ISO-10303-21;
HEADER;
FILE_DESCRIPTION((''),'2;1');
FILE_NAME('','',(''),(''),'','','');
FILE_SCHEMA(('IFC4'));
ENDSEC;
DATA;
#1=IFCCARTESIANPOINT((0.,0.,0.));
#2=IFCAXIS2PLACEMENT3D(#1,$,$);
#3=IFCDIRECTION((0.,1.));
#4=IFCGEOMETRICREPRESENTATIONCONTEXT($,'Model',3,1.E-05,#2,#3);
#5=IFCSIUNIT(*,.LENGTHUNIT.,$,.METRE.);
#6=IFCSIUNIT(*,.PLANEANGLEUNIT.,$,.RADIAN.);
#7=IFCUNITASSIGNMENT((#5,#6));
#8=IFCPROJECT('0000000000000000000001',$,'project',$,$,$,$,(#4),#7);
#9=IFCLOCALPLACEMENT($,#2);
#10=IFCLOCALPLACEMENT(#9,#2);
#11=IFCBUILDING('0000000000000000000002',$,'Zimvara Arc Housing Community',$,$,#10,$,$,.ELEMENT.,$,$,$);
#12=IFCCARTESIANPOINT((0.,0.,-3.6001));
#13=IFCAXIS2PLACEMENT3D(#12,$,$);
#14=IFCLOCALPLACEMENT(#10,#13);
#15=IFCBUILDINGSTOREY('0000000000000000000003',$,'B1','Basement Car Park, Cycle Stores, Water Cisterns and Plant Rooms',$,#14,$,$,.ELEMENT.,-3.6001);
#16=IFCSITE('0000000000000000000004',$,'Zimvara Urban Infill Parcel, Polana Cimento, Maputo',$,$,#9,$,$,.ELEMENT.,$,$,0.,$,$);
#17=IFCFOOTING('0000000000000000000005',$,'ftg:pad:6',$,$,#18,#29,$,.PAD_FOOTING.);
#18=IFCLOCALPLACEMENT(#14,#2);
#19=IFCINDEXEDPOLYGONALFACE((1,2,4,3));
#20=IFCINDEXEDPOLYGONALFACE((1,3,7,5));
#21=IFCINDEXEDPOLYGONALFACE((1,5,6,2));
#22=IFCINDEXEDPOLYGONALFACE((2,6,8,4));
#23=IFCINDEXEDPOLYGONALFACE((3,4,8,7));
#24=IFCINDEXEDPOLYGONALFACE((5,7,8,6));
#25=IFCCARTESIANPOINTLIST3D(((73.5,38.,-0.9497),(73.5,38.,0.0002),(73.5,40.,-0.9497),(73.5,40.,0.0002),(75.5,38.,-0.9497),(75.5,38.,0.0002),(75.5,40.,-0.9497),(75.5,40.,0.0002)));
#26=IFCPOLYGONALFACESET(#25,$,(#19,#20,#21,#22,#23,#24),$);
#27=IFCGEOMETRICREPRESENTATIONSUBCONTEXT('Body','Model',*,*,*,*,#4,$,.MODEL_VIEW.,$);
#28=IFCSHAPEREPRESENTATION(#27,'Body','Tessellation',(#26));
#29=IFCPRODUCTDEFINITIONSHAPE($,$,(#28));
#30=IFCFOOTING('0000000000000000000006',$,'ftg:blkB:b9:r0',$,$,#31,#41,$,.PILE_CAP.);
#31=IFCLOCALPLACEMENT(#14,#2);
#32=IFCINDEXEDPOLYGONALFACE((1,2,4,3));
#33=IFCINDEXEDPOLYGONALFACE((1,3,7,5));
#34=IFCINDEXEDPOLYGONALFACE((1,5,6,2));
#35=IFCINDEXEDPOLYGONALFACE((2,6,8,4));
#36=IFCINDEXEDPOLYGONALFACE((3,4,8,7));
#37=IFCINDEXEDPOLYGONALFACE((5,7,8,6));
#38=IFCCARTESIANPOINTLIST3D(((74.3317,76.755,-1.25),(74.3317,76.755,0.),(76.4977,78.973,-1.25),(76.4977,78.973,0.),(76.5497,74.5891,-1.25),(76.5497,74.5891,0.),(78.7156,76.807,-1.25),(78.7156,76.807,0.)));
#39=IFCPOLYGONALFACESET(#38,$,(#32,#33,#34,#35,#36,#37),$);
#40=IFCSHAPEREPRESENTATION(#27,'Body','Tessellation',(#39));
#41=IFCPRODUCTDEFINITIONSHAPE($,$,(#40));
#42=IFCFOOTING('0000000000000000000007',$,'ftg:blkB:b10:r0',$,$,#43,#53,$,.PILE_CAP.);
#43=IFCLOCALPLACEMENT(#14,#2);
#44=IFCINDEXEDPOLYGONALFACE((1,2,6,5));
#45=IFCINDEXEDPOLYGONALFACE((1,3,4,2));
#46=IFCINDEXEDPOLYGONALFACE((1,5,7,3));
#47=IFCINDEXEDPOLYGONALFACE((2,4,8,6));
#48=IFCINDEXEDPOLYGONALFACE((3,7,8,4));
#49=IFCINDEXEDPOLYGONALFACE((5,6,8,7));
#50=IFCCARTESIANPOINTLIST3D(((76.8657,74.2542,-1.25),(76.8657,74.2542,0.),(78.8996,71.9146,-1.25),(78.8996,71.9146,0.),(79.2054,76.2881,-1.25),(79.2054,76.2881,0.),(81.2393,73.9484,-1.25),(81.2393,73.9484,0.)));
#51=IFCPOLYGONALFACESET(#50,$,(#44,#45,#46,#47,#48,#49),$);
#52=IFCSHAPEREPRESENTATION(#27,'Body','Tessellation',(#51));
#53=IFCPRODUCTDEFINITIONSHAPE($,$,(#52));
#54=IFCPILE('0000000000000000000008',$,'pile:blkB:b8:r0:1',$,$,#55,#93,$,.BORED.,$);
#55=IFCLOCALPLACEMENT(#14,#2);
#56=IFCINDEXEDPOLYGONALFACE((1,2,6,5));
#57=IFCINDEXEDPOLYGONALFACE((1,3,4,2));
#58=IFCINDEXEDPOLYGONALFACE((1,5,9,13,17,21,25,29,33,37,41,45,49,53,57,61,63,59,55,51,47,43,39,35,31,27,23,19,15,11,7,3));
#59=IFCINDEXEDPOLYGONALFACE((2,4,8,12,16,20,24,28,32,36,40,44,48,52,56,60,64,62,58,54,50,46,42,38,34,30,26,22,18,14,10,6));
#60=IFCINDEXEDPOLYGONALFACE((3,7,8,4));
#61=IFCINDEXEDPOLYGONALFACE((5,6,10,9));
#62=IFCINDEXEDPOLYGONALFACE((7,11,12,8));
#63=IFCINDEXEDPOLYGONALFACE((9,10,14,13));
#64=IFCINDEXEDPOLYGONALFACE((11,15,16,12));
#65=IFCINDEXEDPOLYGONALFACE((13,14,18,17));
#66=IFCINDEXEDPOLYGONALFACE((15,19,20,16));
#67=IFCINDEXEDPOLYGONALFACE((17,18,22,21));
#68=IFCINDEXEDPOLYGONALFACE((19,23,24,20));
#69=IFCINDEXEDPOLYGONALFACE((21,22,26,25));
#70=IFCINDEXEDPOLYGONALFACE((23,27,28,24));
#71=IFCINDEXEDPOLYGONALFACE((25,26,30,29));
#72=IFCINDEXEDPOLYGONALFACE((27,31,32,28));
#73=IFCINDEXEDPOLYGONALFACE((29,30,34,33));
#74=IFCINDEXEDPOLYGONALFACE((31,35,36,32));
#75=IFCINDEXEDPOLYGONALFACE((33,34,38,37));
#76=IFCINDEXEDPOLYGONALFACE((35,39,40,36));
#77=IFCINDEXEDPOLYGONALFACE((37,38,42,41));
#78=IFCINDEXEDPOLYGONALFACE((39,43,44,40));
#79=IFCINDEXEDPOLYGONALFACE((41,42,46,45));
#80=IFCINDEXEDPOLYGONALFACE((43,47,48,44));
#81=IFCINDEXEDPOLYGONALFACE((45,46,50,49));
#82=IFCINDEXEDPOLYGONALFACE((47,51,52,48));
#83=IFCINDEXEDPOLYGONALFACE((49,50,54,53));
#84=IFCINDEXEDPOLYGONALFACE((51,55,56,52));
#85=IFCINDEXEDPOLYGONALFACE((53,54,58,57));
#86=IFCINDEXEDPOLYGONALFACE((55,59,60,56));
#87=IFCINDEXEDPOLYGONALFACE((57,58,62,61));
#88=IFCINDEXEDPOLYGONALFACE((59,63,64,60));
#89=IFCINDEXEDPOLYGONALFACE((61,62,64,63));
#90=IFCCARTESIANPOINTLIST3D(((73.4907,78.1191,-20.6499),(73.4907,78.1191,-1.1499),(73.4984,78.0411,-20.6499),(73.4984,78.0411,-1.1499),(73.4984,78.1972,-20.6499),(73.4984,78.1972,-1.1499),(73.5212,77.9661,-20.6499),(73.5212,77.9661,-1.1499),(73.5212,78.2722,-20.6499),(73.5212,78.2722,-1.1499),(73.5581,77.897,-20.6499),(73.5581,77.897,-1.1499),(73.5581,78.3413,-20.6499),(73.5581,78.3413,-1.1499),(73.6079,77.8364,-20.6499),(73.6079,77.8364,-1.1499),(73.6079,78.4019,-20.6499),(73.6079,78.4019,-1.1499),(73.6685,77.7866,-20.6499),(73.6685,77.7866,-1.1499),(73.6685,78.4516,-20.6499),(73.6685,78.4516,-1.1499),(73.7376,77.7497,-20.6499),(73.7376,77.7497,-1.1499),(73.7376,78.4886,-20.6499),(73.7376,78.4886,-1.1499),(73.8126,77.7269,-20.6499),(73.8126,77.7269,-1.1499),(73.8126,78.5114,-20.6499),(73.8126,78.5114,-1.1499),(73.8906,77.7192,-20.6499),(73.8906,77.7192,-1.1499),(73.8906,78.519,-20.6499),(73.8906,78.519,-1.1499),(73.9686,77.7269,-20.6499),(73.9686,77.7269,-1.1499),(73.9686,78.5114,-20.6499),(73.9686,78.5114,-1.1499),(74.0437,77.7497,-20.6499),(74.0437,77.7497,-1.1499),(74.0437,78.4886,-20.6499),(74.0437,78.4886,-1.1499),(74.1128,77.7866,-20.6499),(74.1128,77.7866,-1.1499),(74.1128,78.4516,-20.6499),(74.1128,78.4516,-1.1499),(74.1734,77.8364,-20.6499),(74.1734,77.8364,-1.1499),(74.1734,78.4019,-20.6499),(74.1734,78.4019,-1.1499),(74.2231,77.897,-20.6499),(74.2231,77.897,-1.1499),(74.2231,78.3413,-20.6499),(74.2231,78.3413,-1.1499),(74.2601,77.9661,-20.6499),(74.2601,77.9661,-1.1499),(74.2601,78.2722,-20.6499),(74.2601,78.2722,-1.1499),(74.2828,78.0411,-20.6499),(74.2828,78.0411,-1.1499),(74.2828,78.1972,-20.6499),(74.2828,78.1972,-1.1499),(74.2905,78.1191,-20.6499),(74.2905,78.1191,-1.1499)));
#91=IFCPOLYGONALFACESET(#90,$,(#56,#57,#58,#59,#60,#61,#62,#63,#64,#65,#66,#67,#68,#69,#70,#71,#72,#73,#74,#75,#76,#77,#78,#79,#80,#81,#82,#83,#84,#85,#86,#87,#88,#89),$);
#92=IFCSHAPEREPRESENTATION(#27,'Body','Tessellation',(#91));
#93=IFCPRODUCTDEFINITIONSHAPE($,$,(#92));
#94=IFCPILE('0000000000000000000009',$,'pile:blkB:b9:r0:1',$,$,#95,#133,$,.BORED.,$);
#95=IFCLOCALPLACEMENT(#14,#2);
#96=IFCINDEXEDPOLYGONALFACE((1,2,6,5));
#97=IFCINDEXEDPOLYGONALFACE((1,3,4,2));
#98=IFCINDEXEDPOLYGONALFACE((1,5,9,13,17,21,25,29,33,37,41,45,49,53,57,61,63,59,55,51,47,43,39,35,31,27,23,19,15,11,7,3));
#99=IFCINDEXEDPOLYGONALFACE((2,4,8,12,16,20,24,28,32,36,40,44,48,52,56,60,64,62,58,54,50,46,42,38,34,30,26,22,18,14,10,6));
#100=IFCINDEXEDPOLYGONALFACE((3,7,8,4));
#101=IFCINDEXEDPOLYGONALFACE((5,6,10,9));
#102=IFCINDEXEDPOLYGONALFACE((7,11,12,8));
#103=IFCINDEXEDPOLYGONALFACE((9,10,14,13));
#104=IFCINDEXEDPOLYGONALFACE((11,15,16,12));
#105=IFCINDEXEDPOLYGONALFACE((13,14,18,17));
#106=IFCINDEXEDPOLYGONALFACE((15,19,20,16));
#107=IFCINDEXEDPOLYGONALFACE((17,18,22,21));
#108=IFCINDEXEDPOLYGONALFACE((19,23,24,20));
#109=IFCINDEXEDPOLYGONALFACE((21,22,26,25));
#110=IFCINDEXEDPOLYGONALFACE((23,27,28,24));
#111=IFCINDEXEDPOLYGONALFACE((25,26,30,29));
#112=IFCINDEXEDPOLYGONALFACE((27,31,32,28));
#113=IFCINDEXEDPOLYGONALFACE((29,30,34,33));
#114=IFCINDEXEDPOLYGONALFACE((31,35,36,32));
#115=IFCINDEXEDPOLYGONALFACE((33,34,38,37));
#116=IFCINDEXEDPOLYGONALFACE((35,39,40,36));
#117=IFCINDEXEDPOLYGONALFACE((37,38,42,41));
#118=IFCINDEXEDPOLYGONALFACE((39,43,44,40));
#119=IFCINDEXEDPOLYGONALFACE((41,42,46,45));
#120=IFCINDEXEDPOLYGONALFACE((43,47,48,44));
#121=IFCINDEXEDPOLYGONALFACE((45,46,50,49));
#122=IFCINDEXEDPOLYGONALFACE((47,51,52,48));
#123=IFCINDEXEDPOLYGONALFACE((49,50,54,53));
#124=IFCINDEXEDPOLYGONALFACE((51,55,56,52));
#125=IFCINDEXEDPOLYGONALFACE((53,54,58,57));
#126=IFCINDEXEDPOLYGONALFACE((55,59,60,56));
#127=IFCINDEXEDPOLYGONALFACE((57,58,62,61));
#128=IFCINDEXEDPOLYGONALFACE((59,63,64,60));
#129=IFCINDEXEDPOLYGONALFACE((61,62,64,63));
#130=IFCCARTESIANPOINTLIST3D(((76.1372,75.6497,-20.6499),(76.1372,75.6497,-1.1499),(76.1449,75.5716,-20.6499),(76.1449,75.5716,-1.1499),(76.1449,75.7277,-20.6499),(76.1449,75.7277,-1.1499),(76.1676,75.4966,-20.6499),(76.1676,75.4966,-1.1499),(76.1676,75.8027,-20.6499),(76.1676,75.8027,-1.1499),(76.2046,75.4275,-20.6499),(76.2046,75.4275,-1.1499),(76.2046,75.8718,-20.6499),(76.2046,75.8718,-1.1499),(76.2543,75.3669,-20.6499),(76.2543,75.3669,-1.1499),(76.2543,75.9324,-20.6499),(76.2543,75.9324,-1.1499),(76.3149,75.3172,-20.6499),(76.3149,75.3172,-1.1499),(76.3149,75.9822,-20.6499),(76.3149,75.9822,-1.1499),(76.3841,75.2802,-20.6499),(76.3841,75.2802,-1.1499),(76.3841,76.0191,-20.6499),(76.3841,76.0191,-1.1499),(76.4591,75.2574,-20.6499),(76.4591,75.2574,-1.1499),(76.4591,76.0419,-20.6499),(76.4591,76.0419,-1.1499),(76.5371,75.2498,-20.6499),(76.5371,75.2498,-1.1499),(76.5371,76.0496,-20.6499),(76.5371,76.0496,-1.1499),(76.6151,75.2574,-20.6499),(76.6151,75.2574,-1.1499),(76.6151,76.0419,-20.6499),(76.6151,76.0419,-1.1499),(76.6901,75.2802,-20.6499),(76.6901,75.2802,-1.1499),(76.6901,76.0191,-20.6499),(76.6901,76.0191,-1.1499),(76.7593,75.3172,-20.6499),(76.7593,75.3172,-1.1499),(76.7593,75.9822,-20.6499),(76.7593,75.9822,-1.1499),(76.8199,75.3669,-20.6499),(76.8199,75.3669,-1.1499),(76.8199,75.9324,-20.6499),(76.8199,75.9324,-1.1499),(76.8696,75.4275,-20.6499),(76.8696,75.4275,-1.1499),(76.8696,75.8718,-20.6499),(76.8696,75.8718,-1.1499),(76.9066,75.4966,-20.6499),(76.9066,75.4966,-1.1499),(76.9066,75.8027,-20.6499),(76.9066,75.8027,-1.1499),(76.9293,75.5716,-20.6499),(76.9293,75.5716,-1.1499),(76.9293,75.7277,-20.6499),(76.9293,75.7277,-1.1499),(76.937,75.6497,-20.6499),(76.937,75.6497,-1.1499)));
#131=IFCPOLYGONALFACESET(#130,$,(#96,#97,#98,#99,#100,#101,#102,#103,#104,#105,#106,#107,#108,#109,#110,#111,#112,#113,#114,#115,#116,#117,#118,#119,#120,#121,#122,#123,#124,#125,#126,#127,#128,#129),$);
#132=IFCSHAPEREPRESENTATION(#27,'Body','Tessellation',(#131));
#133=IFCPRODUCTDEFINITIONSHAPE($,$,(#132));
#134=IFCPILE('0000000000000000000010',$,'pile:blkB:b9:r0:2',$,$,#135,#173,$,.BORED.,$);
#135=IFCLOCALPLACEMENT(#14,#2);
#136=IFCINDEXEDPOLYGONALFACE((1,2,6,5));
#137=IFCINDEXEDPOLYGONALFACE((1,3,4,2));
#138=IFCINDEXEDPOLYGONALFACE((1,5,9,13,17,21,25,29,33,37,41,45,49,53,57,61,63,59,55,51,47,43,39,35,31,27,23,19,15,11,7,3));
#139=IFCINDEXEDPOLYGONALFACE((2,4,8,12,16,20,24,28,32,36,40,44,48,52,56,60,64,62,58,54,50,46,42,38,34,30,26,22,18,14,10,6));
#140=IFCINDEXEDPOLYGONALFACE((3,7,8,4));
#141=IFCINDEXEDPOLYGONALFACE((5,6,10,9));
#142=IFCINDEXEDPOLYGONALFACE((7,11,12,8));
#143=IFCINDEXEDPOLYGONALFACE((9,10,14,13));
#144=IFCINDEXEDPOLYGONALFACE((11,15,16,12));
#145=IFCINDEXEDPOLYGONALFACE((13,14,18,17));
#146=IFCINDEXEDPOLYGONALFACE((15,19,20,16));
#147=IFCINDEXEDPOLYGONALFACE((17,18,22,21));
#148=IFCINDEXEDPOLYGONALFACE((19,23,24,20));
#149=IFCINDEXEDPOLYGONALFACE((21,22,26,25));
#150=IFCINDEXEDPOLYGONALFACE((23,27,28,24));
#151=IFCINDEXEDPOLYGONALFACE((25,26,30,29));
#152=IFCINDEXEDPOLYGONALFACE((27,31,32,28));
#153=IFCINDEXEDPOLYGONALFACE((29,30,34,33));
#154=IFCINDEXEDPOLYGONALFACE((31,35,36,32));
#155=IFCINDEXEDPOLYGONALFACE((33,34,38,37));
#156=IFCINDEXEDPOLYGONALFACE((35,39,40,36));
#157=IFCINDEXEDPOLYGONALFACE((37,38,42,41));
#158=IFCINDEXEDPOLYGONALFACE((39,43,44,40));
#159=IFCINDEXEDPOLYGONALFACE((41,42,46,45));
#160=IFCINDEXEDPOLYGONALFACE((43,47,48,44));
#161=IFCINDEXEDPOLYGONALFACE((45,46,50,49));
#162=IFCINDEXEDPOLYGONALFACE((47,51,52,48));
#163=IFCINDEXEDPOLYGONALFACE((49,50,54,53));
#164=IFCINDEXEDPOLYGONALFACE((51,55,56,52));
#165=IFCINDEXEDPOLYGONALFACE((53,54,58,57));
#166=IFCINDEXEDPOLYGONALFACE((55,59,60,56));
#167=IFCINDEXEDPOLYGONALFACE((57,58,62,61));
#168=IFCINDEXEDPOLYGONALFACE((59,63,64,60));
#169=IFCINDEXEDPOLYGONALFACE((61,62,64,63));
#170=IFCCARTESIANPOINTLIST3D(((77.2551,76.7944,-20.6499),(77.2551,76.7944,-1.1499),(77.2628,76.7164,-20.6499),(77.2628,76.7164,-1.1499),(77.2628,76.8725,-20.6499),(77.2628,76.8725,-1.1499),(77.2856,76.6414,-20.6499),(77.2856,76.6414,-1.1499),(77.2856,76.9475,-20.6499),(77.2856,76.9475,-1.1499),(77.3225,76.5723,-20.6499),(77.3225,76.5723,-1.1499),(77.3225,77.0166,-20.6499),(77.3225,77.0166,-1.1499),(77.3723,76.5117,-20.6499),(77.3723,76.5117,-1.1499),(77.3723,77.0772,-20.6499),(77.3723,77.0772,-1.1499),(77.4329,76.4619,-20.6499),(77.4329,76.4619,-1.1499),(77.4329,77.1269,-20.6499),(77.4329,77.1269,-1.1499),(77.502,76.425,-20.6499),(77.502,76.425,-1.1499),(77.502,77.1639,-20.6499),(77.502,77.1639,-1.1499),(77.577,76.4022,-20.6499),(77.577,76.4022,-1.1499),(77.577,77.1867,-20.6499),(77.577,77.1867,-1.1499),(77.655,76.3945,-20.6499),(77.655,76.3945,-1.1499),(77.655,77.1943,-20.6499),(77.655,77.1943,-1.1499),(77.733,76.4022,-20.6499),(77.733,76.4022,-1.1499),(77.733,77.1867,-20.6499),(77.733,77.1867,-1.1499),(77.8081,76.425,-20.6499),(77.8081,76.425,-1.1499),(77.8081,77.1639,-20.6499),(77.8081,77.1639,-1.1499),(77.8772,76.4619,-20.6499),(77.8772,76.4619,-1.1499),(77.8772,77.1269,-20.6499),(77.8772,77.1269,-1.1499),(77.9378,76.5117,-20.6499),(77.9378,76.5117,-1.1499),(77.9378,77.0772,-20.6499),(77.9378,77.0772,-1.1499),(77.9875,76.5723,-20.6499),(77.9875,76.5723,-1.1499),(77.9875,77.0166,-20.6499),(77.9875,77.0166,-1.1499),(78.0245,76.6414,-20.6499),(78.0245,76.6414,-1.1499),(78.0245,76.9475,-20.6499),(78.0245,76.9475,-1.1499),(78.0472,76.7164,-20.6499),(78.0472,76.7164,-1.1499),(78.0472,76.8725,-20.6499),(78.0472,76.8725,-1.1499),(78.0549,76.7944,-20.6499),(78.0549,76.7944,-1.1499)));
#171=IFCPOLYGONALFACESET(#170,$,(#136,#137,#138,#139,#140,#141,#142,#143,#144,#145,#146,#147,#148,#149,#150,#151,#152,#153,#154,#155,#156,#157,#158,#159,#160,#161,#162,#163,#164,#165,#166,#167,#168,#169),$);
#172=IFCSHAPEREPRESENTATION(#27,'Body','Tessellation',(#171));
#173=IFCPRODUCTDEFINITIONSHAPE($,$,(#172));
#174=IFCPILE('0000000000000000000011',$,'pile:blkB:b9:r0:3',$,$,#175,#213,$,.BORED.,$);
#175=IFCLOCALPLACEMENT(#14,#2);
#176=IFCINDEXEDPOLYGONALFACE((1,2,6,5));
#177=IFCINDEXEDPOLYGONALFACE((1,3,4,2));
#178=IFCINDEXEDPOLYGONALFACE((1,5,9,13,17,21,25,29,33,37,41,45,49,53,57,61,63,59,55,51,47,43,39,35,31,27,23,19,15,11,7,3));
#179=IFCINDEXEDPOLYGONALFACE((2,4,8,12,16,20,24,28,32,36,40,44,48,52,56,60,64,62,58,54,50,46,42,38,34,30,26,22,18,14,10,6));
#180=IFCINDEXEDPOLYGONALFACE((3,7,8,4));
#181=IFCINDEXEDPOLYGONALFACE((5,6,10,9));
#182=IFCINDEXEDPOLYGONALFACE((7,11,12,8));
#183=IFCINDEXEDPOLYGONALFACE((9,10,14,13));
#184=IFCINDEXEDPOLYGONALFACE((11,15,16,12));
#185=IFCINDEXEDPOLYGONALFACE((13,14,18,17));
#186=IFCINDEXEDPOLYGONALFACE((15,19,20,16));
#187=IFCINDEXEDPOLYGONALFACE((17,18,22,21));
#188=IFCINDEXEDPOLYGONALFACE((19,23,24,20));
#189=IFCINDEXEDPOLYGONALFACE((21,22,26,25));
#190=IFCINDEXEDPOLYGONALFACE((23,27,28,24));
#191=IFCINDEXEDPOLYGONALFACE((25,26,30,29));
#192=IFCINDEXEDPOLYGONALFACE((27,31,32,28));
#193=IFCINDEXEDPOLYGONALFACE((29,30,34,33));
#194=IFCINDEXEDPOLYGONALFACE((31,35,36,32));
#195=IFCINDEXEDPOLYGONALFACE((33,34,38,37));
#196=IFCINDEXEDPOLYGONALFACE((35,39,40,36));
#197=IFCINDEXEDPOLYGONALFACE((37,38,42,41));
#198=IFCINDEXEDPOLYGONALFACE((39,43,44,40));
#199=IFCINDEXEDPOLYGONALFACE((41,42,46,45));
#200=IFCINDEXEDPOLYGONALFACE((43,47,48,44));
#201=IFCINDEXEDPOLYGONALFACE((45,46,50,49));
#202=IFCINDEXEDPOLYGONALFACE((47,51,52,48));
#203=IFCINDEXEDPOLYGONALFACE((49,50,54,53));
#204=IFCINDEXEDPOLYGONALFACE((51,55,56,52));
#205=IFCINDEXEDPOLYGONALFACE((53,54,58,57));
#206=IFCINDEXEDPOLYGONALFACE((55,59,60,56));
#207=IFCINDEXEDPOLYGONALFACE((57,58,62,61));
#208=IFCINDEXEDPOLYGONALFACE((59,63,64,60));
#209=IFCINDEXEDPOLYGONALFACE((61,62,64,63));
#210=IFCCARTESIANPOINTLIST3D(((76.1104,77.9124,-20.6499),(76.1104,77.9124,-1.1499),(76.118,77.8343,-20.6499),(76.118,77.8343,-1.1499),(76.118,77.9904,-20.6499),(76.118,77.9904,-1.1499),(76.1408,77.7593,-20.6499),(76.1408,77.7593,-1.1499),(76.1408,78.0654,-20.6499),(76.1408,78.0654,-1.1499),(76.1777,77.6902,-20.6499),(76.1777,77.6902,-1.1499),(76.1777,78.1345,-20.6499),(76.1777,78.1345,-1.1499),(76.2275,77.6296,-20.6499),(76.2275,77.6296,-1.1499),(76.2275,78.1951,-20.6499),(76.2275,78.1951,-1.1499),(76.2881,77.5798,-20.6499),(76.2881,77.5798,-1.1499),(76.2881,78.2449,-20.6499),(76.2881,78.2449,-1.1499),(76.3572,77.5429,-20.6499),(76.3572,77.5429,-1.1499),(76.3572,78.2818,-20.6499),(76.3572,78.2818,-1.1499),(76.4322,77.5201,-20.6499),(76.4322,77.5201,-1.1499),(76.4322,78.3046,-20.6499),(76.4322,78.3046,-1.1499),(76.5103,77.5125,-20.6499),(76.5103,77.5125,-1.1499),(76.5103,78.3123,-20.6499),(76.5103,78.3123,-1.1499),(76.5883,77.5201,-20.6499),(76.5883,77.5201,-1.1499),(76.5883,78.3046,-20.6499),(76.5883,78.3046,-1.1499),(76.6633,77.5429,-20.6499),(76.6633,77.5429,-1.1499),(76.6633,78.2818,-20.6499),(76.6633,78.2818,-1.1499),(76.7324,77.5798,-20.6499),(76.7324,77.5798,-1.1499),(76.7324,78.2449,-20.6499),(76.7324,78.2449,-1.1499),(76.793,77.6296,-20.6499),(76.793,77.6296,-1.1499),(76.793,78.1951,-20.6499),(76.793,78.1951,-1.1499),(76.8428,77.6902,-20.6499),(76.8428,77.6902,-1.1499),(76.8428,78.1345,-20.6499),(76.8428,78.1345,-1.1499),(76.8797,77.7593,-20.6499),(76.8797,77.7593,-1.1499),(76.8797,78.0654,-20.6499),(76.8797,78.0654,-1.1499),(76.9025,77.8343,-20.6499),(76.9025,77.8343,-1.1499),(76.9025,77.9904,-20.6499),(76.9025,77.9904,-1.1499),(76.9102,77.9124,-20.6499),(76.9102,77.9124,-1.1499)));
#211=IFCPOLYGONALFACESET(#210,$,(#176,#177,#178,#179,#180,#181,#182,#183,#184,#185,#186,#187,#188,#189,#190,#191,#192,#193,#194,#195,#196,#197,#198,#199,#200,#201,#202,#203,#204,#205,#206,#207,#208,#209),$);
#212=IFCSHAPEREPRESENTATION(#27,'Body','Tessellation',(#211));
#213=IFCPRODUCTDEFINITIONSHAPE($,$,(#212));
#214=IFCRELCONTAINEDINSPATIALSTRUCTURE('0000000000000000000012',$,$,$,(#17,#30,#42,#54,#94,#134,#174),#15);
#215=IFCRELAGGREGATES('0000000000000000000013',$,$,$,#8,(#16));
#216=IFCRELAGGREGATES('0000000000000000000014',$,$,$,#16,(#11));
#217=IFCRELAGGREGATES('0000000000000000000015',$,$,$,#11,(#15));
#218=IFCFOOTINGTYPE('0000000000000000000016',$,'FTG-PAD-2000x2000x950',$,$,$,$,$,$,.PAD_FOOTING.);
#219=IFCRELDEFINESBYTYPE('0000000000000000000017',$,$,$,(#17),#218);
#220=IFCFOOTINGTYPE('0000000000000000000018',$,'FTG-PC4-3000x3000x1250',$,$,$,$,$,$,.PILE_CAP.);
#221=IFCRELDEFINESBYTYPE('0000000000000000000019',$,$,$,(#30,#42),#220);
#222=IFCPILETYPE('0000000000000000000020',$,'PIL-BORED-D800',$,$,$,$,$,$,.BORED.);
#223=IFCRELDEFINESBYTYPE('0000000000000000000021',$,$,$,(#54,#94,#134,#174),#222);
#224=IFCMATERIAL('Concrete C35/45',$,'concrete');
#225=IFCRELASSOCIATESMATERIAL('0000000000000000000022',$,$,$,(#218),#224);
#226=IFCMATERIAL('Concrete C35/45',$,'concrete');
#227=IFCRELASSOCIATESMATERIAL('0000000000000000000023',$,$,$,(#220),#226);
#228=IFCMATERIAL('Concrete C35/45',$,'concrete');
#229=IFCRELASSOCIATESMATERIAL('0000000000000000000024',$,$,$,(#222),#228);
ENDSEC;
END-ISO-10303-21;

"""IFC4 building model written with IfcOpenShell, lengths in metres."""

from ifc_helpers import new_model, si_unit, direction, frame, origin, origin_2d, place, context, subcontext, project, spatial, rectangle, circle, extrude, material, material_profile, profile_set, type_object, element, save


model = new_model("IFC4")

# Units and contexts
model_context = context("Model", 3, precision=1e-05, world=origin(), true_north=direction((0.0, 1.0)))
body_context = subcontext(model_context, "Body", "Model", "MODEL_VIEW")
ifc_project = project(units=[si_unit("LENGTHUNIT", "METRE"), si_unit("PLANEANGLEUNIT", "RADIAN")], contexts=[model_context])

# Site, building, storey
site_placement = place(None, origin())
site = spatial("IfcSite", under=ifc_project, at=site_placement, Name="Zimvara Urban Infill Parcel, Polana Cimento, Maputo", CompositionType="ELEMENT", RefElevation=0.0)
building_placement = place(site_placement, origin())
building = spatial("IfcBuilding", under=site, at=building_placement, Name="Zimvara Arc Housing Community", CompositionType="ELEMENT")
storey_placement = place(building_placement, frame((0.0, 0.0, -3.6001)))
storey = spatial("IfcBuildingStorey", under=building, at=storey_placement, Name="B1", Description="Basement Car Park, Cycle Stores, Water Cisterns and Plant Rooms", CompositionType="ELEMENT", Elevation=-3.6001)

# Footings
ifc_material_1 = material(Name="Concrete C35/45", Category="concrete")
footing_type_1 = type_object("IfcFootingType", Name="FTG-PAD-2000x2000x950", PredefinedType="PAD_FOOTING", material=ifc_material_1)
footing_placement = place(storey_placement, frame((74.5, 39.0, -0.9497), z_axis=(0.0, 0.0, 1.0), x_axis=(1.0, 0.0, 0.0)))
element("IfcFooting", 1, at=footing_placement, inside=storey, type_object=footing_type_1, Name="ftg:pad:6", PredefinedType="PAD_FOOTING", context=body_context, shape_type="SweptSolid", body=[
    extrude(rectangle(XDim=2.0, YDim=2.0, at=origin_2d()), origin(), (0.0, 0.0, 1.0), 0.95),
])
ifc_material_2 = material(Name="Concrete C35/45", Category="concrete")
footing_type_2 = type_object("IfcFootingType", Name="FTG-PC4-3000x3000x1250", PredefinedType="PILE_CAP", material=ifc_material_2)
for number, where, z_axis, x_axis, name in (
    (2, (76.5237, 76.781, -1.25), (0.0, 0.0, 1.0), (0.698665, 0.715449, 0.0), "ftg:blkB:b9:r0"),
    (3, (79.0525, 74.1013, -1.25), (0.0, 0.0, 1.0), (0.75471, 0.656059, 0.0), "ftg:blkB:b10:r0"),
):
    element("IfcFooting", number, at=place(storey_placement, frame(where, z_axis=z_axis, x_axis=x_axis)), inside=storey, type_object=footing_type_2, Name=name, PredefinedType="PILE_CAP", context=body_context, shape_type="SweptSolid", body=[
        extrude(rectangle(XDim=3.1001, YDim=3.1001, at=origin_2d()), origin(), (0.0, 0.0, 1.0), 1.25),
    ])

# Piles
ifc_material_3 = material(Name="Concrete C35/45", Category="concrete")
ifc_material_profile_1 = material_profile(ifc_material_3, circle(Radius=0.3999, at=origin_2d()), Name="PILE D800")
ifc_profile_set_1 = profile_set([ifc_material_profile_1], Name="Concrete C35/45")
pile_type = type_object("IfcPileType", Name="PIL-BORED-D800", PredefinedType="BORED", material=ifc_profile_set_1)
for number, where, z_axis, x_axis, name in (
    (4, (73.8906, 78.1191, -1.1499), (0.0, 0.0, -1.0), (1.0, 0.0, 0.0), "pile:blkB:b8:r0:1"),
    (5, (76.5371, 75.6497, -1.1499), (0.0, 0.0, -1.0), (1.0, 0.0, 0.0), "pile:blkB:b9:r0:1"),
    (6, (77.655, 76.7944, -1.1499), (0.0, 0.0, -1.0), (1.0, 0.0, 0.0), "pile:blkB:b9:r0:2"),
    (7, (76.5103, 77.9124, -1.1499), (0.0, 0.0, -1.0), (1.0, 0.0, 0.0), "pile:blkB:b9:r0:3"),
):
    element("IfcPile", number, at=place(storey_placement, frame(where, z_axis=z_axis, x_axis=x_axis)), inside=storey, type_object=pile_type, Name=name, PredefinedType="BORED", context=body_context, shape_type="SweptSolid", body=[
        extrude(circle(Radius=0.3999, at=origin_2d()), origin(), (0.0, 0.0, 1.0), 19.5),
    ])

save(model, "model.ifc")
